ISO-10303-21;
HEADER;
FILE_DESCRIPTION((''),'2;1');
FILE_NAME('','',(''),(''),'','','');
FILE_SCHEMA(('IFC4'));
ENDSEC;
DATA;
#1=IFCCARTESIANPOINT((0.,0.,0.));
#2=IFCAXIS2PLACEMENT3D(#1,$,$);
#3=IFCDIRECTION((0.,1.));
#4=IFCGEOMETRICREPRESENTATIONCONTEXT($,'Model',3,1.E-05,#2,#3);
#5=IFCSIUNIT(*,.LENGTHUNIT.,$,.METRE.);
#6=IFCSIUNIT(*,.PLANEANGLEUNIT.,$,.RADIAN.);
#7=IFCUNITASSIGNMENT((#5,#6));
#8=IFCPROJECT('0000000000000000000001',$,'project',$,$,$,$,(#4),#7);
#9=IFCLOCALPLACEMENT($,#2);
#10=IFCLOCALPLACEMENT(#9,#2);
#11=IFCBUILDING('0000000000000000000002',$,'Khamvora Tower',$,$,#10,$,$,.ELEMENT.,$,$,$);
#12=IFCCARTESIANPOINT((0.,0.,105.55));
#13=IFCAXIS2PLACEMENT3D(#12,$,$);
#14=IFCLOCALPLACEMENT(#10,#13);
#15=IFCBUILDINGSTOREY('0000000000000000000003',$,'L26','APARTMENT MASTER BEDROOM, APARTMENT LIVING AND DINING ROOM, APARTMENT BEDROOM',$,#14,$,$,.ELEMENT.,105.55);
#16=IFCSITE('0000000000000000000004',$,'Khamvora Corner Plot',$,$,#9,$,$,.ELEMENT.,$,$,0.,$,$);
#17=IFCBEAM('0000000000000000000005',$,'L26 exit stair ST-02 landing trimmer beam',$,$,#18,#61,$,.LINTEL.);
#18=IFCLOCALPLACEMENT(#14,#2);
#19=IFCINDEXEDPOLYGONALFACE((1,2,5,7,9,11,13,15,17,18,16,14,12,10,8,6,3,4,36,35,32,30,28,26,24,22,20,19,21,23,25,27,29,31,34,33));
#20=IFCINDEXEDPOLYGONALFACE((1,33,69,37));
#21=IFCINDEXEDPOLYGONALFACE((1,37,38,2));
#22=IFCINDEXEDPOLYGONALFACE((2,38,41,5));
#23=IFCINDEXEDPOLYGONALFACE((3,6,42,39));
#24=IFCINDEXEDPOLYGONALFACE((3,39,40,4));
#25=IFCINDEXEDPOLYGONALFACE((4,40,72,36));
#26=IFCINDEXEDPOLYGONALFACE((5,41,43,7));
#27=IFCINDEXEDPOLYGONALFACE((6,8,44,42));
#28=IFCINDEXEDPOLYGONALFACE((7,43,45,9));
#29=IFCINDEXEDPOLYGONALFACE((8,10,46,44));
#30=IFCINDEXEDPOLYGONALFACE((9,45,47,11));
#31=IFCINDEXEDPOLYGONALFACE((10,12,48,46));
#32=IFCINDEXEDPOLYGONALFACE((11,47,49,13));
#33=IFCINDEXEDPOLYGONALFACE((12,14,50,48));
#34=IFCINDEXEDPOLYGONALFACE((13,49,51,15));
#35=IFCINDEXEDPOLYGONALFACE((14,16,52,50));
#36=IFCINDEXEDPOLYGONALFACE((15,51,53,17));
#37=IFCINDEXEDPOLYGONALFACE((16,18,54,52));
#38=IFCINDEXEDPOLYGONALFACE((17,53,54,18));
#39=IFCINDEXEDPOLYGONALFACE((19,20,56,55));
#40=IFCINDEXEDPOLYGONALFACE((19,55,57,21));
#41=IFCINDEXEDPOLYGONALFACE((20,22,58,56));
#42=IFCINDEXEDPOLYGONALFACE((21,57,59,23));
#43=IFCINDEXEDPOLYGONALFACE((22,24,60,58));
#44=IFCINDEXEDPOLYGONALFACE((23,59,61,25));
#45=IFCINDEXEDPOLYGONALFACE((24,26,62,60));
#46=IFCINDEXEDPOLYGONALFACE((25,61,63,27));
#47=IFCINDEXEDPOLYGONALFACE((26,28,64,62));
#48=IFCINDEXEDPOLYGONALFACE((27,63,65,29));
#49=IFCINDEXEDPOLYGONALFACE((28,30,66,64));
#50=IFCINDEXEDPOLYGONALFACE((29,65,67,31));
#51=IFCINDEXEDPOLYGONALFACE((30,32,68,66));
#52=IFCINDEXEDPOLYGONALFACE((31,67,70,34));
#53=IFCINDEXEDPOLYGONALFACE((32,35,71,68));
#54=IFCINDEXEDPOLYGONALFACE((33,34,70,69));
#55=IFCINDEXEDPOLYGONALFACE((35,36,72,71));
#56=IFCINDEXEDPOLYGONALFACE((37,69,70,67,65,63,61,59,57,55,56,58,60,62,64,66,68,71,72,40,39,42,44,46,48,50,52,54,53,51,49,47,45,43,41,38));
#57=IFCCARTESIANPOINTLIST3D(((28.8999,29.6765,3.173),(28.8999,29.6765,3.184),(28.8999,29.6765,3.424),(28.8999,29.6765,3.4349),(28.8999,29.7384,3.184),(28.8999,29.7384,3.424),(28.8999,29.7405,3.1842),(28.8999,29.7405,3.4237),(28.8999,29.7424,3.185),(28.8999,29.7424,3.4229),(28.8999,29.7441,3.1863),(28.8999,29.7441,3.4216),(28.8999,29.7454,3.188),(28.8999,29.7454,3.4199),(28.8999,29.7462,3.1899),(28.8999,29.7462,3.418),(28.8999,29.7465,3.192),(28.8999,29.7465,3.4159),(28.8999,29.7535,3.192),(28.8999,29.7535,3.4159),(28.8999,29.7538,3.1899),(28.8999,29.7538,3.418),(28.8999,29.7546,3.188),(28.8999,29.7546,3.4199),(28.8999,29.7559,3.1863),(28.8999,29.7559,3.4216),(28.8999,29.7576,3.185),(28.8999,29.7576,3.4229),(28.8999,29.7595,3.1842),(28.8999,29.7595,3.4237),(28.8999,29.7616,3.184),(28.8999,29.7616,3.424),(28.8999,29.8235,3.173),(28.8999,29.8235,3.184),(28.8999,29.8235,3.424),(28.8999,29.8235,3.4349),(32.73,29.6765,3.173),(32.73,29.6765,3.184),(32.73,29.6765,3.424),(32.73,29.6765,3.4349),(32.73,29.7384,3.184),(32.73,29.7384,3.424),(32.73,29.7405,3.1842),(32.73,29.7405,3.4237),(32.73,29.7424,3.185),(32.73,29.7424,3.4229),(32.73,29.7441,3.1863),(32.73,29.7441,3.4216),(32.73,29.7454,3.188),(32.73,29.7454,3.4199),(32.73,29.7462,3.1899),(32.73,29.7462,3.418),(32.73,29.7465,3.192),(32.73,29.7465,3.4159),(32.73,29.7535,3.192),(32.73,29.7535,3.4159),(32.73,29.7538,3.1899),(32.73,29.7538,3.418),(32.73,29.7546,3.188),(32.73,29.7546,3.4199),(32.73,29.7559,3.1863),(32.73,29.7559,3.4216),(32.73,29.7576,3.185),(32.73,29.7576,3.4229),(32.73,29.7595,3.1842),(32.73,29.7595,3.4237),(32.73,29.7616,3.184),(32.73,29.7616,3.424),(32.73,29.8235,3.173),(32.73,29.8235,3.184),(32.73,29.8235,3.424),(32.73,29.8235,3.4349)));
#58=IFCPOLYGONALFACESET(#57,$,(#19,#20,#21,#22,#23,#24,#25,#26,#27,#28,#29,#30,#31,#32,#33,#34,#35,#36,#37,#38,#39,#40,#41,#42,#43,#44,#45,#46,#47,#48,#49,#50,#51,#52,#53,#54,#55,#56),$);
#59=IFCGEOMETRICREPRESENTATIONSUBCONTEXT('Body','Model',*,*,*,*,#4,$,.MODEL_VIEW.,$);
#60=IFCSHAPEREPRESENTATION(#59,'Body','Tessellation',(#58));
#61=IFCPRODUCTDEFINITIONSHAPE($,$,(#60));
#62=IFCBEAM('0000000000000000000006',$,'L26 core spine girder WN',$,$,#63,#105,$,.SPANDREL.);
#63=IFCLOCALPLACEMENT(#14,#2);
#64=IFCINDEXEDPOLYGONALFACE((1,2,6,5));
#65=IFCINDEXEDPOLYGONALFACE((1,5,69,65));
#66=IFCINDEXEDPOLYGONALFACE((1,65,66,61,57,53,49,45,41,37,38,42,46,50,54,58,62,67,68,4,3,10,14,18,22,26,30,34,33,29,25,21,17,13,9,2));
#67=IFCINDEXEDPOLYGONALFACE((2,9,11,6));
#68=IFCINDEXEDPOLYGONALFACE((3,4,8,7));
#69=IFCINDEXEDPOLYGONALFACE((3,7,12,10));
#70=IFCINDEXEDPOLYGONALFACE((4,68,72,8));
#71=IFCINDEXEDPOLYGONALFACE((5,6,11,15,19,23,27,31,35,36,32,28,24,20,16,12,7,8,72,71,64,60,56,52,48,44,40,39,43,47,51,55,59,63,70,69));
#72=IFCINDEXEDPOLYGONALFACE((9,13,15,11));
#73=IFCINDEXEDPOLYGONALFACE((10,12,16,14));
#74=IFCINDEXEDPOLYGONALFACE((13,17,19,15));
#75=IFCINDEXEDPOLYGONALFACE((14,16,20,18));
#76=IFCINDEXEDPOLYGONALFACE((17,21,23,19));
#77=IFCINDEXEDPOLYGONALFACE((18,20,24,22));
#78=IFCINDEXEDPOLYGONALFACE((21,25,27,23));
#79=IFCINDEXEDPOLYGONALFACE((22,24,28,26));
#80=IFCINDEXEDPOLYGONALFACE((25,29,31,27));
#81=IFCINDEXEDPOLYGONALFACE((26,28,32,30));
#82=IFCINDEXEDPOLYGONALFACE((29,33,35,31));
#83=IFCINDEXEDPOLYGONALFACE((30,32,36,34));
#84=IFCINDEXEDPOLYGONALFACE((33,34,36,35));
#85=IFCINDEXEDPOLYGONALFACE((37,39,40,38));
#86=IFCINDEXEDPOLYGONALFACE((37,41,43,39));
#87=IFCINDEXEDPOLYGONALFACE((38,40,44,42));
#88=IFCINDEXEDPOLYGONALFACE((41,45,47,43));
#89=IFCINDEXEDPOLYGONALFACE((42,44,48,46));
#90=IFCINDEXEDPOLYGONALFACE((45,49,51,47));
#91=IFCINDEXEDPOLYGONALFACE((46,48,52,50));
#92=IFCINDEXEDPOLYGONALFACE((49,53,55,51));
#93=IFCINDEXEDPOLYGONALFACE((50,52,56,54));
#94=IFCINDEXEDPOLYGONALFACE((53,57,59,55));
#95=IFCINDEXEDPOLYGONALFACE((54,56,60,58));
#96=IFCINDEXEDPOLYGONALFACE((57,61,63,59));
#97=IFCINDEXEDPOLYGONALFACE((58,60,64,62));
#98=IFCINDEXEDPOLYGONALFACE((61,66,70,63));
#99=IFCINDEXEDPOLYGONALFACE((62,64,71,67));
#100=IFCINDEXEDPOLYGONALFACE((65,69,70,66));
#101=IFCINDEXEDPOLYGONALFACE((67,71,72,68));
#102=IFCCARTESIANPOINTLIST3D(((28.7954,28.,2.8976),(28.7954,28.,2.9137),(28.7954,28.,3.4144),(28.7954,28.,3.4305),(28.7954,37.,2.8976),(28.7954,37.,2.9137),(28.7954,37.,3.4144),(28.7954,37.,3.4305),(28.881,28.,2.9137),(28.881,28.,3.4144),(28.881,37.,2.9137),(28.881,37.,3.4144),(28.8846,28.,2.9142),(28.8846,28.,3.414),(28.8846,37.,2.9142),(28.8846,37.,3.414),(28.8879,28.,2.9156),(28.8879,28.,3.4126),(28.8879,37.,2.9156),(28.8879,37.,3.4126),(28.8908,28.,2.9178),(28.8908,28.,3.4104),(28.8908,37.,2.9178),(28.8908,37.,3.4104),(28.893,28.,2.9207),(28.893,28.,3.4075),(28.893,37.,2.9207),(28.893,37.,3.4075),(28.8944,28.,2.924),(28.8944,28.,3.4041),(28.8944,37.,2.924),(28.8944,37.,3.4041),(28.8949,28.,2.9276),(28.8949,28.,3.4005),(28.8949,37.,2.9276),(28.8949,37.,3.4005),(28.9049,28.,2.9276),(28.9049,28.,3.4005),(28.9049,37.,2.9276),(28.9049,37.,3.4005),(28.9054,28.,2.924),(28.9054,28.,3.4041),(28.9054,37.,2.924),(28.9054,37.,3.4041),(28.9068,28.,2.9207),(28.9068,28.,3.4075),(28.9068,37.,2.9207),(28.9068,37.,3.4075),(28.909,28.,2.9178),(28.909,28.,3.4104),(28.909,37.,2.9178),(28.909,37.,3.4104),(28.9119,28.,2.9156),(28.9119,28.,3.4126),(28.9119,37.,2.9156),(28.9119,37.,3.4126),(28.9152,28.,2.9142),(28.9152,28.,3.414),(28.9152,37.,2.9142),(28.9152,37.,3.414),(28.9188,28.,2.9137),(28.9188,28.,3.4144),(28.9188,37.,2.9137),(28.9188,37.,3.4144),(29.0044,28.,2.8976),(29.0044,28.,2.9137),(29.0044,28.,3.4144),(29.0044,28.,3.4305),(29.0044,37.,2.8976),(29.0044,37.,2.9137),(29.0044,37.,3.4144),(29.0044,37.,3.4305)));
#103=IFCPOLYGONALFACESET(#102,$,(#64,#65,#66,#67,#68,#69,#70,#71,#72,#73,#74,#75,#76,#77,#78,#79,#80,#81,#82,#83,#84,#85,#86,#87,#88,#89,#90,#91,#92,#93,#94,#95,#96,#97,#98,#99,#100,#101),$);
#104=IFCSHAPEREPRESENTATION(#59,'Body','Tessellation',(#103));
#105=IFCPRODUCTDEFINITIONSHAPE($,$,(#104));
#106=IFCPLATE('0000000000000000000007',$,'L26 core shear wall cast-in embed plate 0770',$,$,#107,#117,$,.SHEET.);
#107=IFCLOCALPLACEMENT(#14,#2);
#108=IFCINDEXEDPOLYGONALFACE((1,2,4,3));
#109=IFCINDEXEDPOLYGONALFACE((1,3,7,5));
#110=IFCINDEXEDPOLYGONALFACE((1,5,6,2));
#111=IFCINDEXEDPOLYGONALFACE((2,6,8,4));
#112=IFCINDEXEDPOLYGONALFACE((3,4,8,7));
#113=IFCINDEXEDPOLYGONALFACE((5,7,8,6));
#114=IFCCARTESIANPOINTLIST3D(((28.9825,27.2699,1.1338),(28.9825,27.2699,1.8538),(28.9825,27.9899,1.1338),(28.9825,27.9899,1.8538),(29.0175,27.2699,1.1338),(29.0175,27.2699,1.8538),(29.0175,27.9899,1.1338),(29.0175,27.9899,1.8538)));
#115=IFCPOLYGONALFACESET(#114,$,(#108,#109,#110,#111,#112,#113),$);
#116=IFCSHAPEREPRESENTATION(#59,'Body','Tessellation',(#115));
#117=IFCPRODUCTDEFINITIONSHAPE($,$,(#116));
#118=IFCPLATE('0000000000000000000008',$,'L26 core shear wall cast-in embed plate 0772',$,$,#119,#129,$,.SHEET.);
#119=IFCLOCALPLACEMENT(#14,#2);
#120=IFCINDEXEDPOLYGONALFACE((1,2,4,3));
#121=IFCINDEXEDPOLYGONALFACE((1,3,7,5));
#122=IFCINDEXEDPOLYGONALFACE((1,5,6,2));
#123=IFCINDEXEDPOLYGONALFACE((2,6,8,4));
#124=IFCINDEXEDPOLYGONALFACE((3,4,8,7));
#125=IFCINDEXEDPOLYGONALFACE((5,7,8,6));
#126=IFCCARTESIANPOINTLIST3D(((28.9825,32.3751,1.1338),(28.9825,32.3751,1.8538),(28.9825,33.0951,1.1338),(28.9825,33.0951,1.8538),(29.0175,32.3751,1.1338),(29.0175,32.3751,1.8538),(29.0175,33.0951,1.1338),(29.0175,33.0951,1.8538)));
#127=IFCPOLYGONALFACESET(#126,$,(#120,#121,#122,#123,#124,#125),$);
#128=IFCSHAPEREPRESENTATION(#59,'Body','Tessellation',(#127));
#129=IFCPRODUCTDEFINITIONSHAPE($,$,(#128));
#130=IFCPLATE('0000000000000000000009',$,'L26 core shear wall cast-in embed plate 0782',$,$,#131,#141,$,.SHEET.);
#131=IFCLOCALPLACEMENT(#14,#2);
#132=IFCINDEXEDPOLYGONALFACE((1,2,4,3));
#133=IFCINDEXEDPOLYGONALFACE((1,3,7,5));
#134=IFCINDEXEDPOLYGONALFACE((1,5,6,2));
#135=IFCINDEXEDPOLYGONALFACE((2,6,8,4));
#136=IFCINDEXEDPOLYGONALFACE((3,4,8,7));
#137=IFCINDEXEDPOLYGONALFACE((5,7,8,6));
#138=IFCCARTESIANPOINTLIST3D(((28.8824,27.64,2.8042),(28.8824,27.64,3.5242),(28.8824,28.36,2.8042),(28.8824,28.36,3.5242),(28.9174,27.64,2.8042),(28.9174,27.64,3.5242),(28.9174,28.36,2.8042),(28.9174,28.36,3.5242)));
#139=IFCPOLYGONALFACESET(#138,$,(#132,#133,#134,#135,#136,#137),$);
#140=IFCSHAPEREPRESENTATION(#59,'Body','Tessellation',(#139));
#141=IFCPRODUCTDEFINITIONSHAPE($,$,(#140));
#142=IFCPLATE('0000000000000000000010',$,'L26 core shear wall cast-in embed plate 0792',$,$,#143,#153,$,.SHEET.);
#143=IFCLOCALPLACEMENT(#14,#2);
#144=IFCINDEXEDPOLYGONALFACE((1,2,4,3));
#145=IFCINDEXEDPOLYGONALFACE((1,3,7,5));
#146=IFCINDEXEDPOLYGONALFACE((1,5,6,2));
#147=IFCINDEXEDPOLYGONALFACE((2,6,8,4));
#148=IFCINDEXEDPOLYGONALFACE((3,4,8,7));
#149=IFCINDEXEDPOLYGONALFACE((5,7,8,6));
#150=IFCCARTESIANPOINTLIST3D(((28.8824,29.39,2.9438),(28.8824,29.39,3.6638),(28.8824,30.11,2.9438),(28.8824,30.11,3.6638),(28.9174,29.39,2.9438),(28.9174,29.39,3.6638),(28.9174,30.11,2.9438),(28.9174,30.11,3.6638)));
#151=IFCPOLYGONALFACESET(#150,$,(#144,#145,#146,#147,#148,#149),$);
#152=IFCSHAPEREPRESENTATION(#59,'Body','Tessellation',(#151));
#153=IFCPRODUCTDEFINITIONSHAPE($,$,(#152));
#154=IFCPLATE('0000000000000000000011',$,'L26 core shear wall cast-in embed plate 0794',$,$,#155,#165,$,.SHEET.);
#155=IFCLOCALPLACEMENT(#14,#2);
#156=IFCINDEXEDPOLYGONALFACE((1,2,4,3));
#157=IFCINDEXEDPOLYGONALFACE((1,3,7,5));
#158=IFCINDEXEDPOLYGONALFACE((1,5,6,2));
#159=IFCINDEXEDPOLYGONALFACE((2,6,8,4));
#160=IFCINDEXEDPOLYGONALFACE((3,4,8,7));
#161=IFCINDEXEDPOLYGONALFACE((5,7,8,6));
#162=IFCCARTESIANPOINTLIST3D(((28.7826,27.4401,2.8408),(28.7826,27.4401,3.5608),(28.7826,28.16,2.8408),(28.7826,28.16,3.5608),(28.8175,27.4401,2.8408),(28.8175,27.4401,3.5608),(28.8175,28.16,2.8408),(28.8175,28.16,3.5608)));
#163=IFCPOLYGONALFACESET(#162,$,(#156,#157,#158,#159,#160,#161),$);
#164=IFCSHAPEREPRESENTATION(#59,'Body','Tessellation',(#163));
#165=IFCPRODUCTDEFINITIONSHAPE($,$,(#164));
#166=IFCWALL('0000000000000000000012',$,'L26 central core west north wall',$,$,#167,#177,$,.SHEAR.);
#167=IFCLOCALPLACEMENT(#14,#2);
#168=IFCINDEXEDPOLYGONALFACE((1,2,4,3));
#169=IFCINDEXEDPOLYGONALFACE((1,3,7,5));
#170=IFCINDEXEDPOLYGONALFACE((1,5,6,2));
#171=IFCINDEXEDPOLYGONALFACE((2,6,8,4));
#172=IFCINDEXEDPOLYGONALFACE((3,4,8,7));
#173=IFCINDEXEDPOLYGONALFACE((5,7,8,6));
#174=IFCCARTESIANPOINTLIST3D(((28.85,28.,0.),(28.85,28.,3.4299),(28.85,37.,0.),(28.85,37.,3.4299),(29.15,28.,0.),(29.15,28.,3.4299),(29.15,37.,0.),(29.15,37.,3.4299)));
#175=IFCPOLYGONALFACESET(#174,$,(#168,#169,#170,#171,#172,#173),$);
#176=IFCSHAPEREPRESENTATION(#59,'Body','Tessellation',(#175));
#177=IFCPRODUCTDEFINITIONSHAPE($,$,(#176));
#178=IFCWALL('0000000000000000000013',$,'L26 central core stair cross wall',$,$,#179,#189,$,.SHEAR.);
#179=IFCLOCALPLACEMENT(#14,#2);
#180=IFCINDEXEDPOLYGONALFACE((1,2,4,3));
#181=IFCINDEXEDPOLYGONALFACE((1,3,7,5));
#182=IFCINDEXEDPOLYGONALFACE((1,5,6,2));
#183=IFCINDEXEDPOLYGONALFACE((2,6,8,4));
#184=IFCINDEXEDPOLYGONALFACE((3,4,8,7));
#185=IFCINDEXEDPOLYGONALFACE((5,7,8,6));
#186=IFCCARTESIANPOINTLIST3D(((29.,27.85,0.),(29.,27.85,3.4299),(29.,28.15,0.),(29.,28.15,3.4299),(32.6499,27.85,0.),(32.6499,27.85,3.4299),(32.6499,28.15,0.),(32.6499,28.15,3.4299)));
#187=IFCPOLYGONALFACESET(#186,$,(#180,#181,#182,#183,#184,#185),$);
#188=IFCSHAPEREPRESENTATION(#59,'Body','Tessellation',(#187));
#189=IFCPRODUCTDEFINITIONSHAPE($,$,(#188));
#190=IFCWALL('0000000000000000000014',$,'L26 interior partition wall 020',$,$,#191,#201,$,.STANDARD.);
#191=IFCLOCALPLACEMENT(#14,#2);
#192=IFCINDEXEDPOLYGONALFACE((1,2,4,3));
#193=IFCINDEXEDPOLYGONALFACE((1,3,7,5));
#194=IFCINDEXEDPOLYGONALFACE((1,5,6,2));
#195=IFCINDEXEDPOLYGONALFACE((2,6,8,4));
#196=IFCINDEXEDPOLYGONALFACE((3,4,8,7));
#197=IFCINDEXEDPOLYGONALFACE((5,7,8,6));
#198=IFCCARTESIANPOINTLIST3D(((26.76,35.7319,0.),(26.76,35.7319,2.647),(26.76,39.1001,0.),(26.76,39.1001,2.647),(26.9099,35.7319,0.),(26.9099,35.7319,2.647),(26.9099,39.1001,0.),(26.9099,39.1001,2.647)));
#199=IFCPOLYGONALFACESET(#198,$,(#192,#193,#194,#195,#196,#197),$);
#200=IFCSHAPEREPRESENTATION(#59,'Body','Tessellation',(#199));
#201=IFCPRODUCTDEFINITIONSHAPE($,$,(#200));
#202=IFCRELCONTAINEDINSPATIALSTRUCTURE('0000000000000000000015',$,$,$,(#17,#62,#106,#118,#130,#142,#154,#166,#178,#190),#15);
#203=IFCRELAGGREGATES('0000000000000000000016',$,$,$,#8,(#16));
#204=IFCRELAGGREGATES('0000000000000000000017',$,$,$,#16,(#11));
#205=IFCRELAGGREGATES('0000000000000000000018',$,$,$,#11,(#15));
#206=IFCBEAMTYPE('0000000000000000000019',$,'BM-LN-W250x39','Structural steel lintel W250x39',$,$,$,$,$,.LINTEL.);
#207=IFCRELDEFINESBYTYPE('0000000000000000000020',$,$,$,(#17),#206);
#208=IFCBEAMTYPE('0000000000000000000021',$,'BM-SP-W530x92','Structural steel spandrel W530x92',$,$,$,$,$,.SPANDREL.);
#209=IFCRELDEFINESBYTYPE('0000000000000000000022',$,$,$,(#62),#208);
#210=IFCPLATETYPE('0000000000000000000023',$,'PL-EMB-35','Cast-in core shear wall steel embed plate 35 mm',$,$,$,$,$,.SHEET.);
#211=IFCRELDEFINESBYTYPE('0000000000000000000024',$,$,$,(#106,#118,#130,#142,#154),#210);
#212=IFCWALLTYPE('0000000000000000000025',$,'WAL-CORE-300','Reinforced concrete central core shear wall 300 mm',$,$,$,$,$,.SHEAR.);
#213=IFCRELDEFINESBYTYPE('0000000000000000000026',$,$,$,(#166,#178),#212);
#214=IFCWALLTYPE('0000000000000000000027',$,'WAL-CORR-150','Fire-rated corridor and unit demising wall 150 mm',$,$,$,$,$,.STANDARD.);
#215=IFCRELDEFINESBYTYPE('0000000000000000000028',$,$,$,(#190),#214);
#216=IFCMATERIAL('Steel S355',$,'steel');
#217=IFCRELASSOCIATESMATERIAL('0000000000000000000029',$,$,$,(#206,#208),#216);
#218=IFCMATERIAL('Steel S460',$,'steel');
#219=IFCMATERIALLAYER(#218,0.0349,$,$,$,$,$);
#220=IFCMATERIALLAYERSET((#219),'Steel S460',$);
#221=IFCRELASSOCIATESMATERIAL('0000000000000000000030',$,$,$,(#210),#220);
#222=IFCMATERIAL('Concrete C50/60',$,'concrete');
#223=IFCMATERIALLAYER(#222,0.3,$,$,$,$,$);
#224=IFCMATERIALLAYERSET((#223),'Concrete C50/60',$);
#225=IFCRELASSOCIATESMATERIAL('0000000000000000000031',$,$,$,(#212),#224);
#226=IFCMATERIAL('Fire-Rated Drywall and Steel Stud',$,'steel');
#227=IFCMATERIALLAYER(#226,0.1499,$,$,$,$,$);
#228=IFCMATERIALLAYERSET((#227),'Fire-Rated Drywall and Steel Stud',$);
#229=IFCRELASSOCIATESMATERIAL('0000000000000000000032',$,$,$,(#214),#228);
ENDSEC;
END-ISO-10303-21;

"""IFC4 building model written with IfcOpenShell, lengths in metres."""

from ifc_helpers import new_model, si_unit, direction, frame, frame_2d, origin, origin_2d, place, context, subcontext, project, spatial, rectangle, i_section, extrude, material, layer, layer_set, material_profile, profile_set, type_object, element, save


model = new_model("IFC4")

# Units and contexts
model_context = context("Model", 3, precision=1e-05, world=origin(), true_north=direction((0.0, 1.0)))
body_context = subcontext(model_context, "Body", "Model", "MODEL_VIEW")
ifc_project = project(units=[si_unit("LENGTHUNIT", "METRE"), si_unit("PLANEANGLEUNIT", "RADIAN")], contexts=[model_context])

# Site, building, storey
site_placement = place(None, origin())
site = spatial("IfcSite", under=ifc_project, at=site_placement, Name="Khamvora Corner Plot", CompositionType="ELEMENT", RefElevation=0.0)
building_placement = place(site_placement, origin())
building = spatial("IfcBuilding", under=site, at=building_placement, Name="Khamvora Tower", CompositionType="ELEMENT")
storey_placement = place(building_placement, frame((0.0, 0.0, 105.55)))
storey = spatial("IfcBuildingStorey", under=building, at=storey_placement, Name="L26", Description="APARTMENT MASTER BEDROOM, APARTMENT LIVING AND DINING ROOM, APARTMENT BEDROOM", CompositionType="ELEMENT", Elevation=105.55)

# Shared definitions
ifc_material_1 = material(Name="Steel S460", Category="steel")

# Beams
ifc_material_2 = material(Name="Steel S355", Category="steel")
ifc_material_profile_1 = material_profile(ifc_material_2, i_section(OverallWidth=0.147, OverallDepth=0.262, WebThickness=0.0071, FlangeThickness=0.011, FilletRadius=0.0081, at=origin_2d()), Name="W250x39")
ifc_profile_set_1 = profile_set([ifc_material_profile_1], Name="Steel S355")
beam_type_1 = type_object("IfcBeamType", Name="BM-LN-W250x39", Description="Structural steel lintel W250x39", PredefinedType="LINTEL", material=ifc_profile_set_1)
beam_1_placement = place(storey_placement, frame((28.8999, 29.75, 3.304), z_axis=(1.0, 0.0, 0.0), x_axis=(0.0, 1.0, 0.0)))
element("IfcBeam", 1, at=beam_1_placement, inside=storey, type_object=beam_type_1, Name="L26 exit stair ST-02 landing trimmer beam", PredefinedType="LINTEL", context=body_context, shape_type="SweptSolid", body=[
    extrude(i_section(OverallWidth=0.147, OverallDepth=0.262, WebThickness=0.0071, FlangeThickness=0.011, FilletRadius=0.0081, at=origin_2d()), origin(), (0.0, 0.0, 1.0), 3.8301),
])
ifc_material_profile_2 = material_profile(ifc_material_2, i_section(OverallWidth=0.209, OverallDepth=0.533, WebThickness=0.01, FlangeThickness=0.0161, FilletRadius=0.0139, at=origin_2d()), Name="W530x92")
ifc_profile_set_2 = profile_set([ifc_material_profile_2], Name="Steel S355")
beam_type_2 = type_object("IfcBeamType", Name="BM-SP-W530x92", Description="Structural steel spandrel W530x92", PredefinedType="SPANDREL", material=ifc_profile_set_2)
beam_2_placement = place(storey_placement, frame((28.8999, 28.0, 3.1641), z_axis=(0.0, 1.0, 0.0), x_axis=(-1.0, 0.0, 0.0)))
element("IfcBeam", 2, at=beam_2_placement, inside=storey, type_object=beam_type_2, Name="L26 core spine girder WN", PredefinedType="SPANDREL", context=body_context, shape_type="SweptSolid", body=[
    extrude(i_section(OverallWidth=0.209, OverallDepth=0.533, WebThickness=0.01, FlangeThickness=0.0161, FilletRadius=0.0139, at=origin_2d()), origin(), (0.0, 0.0, 1.0), 9.0),
])

# Plates
ifc_layer_1 = layer(ifc_material_1, 0.0349)
ifc_layer_set_1 = layer_set([ifc_layer_1], Name="Steel S460")
plate_type = type_object("IfcPlateType", Name="PL-EMB-35", Description="Cast-in core shear wall steel embed plate 35 mm", PredefinedType="SHEET", material=ifc_layer_set_1)
for number, where, z_axis, x_axis, name in (
    (3, (29.0, 27.6299, 1.1338), (0.0, 0.0, 1.0), (1.0, 0.0, 0.0), "L26 core shear wall cast-in embed plate 0770"),
    (4, (29.0, 32.7351, 1.1338), (0.0, 0.0, 1.0), (1.0, 0.0, 0.0), "L26 core shear wall cast-in embed plate 0772"),
    (5, (28.8999, 28.0, 2.8042), (0.0, 0.0, 1.0), (1.0, 0.0, 0.0), "L26 core shear wall cast-in embed plate 0782"),
    (6, (28.8999, 29.75, 2.9438), (0.0, 0.0, 1.0), (1.0, 0.0, 0.0), "L26 core shear wall cast-in embed plate 0792"),
    (7, (28.8, 27.8, 2.8408), (0.0, 0.0, 1.0), (1.0, 0.0, 0.0), "L26 core shear wall cast-in embed plate 0794"),
):
    element("IfcPlate", number, at=place(storey_placement, frame(where, z_axis=z_axis, x_axis=x_axis)), inside=storey, type_object=plate_type, Name=name, PredefinedType="SHEET", context=body_context, shape_type="SweptSolid", body=[
        extrude(rectangle(XDim=0.0349, YDim=0.72, at=origin_2d()), origin(), (0.0, 0.0, 1.0), 0.72),
    ])

# Walls
ifc_material_3 = material(Name="Concrete C50/60", Category="concrete")
ifc_layer_2 = layer(ifc_material_3, 0.3)
ifc_layer_set_2 = layer_set([ifc_layer_2], Name="Concrete C50/60")
wall_type_1 = type_object("IfcWallType", Name="WAL-CORE-300", Description="Reinforced concrete central core shear wall 300 mm", PredefinedType="SHEAR", material=ifc_layer_set_2)
wall_1_placement = place(storey_placement, frame((29.0, 28.0, 0.0), z_axis=(0.0, 0.0, 1.0), x_axis=(0.0, 1.0, 0.0)))
element("IfcWall", 8, at=wall_1_placement, inside=storey, type_object=wall_type_1, Name="L26 central core west north wall", PredefinedType="SHEAR", context=body_context, shape_type="SweptSolid", body=[
    extrude(rectangle(XDim=9.0, YDim=0.3, at=frame_2d((4.5, 0.0))), origin(), (0.0, 0.0, 1.0), 3.4299),
])
wall_2_placement = place(storey_placement, frame((29.0, 28.0, 0.0), z_axis=(0.0, 0.0, 1.0), x_axis=(1.0, 0.0, 0.0)))
element("IfcWall", 9, at=wall_2_placement, inside=storey, type_object=wall_type_1, Name="L26 central core stair cross wall", PredefinedType="SHEAR", context=body_context, shape_type="SweptSolid", body=[
    extrude(rectangle(XDim=3.6499, YDim=0.3, at=frame_2d((1.825, 0.0))), origin(), (0.0, 0.0, 1.0), 3.4299),
])
ifc_material_4 = material(Name="Fire-Rated Drywall and Steel Stud", Category="steel")
ifc_layer_3 = layer(ifc_material_4, 0.1499)
ifc_layer_set_3 = layer_set([ifc_layer_3], Name="Fire-Rated Drywall and Steel Stud")
wall_type_2 = type_object("IfcWallType", Name="WAL-CORR-150", Description="Fire-rated corridor and unit demising wall 150 mm", PredefinedType="STANDARD", material=ifc_layer_set_3)
wall_3_placement = place(storey_placement, frame((26.835, 35.7319, 0.0), z_axis=(0.0, 0.0, 1.0), x_axis=(0.0, 1.0, 0.0)))
element("IfcWall", 10, at=wall_3_placement, inside=storey, type_object=wall_type_2, Name="L26 interior partition wall 020", PredefinedType="STANDARD", context=body_context, shape_type="SweptSolid", body=[
    extrude(rectangle(XDim=3.3682, YDim=0.1499, at=frame_2d((1.6841, 0.0))), origin(), (0.0, 0.0, 1.0), 2.647),
])

save(model, "model.ifc")
